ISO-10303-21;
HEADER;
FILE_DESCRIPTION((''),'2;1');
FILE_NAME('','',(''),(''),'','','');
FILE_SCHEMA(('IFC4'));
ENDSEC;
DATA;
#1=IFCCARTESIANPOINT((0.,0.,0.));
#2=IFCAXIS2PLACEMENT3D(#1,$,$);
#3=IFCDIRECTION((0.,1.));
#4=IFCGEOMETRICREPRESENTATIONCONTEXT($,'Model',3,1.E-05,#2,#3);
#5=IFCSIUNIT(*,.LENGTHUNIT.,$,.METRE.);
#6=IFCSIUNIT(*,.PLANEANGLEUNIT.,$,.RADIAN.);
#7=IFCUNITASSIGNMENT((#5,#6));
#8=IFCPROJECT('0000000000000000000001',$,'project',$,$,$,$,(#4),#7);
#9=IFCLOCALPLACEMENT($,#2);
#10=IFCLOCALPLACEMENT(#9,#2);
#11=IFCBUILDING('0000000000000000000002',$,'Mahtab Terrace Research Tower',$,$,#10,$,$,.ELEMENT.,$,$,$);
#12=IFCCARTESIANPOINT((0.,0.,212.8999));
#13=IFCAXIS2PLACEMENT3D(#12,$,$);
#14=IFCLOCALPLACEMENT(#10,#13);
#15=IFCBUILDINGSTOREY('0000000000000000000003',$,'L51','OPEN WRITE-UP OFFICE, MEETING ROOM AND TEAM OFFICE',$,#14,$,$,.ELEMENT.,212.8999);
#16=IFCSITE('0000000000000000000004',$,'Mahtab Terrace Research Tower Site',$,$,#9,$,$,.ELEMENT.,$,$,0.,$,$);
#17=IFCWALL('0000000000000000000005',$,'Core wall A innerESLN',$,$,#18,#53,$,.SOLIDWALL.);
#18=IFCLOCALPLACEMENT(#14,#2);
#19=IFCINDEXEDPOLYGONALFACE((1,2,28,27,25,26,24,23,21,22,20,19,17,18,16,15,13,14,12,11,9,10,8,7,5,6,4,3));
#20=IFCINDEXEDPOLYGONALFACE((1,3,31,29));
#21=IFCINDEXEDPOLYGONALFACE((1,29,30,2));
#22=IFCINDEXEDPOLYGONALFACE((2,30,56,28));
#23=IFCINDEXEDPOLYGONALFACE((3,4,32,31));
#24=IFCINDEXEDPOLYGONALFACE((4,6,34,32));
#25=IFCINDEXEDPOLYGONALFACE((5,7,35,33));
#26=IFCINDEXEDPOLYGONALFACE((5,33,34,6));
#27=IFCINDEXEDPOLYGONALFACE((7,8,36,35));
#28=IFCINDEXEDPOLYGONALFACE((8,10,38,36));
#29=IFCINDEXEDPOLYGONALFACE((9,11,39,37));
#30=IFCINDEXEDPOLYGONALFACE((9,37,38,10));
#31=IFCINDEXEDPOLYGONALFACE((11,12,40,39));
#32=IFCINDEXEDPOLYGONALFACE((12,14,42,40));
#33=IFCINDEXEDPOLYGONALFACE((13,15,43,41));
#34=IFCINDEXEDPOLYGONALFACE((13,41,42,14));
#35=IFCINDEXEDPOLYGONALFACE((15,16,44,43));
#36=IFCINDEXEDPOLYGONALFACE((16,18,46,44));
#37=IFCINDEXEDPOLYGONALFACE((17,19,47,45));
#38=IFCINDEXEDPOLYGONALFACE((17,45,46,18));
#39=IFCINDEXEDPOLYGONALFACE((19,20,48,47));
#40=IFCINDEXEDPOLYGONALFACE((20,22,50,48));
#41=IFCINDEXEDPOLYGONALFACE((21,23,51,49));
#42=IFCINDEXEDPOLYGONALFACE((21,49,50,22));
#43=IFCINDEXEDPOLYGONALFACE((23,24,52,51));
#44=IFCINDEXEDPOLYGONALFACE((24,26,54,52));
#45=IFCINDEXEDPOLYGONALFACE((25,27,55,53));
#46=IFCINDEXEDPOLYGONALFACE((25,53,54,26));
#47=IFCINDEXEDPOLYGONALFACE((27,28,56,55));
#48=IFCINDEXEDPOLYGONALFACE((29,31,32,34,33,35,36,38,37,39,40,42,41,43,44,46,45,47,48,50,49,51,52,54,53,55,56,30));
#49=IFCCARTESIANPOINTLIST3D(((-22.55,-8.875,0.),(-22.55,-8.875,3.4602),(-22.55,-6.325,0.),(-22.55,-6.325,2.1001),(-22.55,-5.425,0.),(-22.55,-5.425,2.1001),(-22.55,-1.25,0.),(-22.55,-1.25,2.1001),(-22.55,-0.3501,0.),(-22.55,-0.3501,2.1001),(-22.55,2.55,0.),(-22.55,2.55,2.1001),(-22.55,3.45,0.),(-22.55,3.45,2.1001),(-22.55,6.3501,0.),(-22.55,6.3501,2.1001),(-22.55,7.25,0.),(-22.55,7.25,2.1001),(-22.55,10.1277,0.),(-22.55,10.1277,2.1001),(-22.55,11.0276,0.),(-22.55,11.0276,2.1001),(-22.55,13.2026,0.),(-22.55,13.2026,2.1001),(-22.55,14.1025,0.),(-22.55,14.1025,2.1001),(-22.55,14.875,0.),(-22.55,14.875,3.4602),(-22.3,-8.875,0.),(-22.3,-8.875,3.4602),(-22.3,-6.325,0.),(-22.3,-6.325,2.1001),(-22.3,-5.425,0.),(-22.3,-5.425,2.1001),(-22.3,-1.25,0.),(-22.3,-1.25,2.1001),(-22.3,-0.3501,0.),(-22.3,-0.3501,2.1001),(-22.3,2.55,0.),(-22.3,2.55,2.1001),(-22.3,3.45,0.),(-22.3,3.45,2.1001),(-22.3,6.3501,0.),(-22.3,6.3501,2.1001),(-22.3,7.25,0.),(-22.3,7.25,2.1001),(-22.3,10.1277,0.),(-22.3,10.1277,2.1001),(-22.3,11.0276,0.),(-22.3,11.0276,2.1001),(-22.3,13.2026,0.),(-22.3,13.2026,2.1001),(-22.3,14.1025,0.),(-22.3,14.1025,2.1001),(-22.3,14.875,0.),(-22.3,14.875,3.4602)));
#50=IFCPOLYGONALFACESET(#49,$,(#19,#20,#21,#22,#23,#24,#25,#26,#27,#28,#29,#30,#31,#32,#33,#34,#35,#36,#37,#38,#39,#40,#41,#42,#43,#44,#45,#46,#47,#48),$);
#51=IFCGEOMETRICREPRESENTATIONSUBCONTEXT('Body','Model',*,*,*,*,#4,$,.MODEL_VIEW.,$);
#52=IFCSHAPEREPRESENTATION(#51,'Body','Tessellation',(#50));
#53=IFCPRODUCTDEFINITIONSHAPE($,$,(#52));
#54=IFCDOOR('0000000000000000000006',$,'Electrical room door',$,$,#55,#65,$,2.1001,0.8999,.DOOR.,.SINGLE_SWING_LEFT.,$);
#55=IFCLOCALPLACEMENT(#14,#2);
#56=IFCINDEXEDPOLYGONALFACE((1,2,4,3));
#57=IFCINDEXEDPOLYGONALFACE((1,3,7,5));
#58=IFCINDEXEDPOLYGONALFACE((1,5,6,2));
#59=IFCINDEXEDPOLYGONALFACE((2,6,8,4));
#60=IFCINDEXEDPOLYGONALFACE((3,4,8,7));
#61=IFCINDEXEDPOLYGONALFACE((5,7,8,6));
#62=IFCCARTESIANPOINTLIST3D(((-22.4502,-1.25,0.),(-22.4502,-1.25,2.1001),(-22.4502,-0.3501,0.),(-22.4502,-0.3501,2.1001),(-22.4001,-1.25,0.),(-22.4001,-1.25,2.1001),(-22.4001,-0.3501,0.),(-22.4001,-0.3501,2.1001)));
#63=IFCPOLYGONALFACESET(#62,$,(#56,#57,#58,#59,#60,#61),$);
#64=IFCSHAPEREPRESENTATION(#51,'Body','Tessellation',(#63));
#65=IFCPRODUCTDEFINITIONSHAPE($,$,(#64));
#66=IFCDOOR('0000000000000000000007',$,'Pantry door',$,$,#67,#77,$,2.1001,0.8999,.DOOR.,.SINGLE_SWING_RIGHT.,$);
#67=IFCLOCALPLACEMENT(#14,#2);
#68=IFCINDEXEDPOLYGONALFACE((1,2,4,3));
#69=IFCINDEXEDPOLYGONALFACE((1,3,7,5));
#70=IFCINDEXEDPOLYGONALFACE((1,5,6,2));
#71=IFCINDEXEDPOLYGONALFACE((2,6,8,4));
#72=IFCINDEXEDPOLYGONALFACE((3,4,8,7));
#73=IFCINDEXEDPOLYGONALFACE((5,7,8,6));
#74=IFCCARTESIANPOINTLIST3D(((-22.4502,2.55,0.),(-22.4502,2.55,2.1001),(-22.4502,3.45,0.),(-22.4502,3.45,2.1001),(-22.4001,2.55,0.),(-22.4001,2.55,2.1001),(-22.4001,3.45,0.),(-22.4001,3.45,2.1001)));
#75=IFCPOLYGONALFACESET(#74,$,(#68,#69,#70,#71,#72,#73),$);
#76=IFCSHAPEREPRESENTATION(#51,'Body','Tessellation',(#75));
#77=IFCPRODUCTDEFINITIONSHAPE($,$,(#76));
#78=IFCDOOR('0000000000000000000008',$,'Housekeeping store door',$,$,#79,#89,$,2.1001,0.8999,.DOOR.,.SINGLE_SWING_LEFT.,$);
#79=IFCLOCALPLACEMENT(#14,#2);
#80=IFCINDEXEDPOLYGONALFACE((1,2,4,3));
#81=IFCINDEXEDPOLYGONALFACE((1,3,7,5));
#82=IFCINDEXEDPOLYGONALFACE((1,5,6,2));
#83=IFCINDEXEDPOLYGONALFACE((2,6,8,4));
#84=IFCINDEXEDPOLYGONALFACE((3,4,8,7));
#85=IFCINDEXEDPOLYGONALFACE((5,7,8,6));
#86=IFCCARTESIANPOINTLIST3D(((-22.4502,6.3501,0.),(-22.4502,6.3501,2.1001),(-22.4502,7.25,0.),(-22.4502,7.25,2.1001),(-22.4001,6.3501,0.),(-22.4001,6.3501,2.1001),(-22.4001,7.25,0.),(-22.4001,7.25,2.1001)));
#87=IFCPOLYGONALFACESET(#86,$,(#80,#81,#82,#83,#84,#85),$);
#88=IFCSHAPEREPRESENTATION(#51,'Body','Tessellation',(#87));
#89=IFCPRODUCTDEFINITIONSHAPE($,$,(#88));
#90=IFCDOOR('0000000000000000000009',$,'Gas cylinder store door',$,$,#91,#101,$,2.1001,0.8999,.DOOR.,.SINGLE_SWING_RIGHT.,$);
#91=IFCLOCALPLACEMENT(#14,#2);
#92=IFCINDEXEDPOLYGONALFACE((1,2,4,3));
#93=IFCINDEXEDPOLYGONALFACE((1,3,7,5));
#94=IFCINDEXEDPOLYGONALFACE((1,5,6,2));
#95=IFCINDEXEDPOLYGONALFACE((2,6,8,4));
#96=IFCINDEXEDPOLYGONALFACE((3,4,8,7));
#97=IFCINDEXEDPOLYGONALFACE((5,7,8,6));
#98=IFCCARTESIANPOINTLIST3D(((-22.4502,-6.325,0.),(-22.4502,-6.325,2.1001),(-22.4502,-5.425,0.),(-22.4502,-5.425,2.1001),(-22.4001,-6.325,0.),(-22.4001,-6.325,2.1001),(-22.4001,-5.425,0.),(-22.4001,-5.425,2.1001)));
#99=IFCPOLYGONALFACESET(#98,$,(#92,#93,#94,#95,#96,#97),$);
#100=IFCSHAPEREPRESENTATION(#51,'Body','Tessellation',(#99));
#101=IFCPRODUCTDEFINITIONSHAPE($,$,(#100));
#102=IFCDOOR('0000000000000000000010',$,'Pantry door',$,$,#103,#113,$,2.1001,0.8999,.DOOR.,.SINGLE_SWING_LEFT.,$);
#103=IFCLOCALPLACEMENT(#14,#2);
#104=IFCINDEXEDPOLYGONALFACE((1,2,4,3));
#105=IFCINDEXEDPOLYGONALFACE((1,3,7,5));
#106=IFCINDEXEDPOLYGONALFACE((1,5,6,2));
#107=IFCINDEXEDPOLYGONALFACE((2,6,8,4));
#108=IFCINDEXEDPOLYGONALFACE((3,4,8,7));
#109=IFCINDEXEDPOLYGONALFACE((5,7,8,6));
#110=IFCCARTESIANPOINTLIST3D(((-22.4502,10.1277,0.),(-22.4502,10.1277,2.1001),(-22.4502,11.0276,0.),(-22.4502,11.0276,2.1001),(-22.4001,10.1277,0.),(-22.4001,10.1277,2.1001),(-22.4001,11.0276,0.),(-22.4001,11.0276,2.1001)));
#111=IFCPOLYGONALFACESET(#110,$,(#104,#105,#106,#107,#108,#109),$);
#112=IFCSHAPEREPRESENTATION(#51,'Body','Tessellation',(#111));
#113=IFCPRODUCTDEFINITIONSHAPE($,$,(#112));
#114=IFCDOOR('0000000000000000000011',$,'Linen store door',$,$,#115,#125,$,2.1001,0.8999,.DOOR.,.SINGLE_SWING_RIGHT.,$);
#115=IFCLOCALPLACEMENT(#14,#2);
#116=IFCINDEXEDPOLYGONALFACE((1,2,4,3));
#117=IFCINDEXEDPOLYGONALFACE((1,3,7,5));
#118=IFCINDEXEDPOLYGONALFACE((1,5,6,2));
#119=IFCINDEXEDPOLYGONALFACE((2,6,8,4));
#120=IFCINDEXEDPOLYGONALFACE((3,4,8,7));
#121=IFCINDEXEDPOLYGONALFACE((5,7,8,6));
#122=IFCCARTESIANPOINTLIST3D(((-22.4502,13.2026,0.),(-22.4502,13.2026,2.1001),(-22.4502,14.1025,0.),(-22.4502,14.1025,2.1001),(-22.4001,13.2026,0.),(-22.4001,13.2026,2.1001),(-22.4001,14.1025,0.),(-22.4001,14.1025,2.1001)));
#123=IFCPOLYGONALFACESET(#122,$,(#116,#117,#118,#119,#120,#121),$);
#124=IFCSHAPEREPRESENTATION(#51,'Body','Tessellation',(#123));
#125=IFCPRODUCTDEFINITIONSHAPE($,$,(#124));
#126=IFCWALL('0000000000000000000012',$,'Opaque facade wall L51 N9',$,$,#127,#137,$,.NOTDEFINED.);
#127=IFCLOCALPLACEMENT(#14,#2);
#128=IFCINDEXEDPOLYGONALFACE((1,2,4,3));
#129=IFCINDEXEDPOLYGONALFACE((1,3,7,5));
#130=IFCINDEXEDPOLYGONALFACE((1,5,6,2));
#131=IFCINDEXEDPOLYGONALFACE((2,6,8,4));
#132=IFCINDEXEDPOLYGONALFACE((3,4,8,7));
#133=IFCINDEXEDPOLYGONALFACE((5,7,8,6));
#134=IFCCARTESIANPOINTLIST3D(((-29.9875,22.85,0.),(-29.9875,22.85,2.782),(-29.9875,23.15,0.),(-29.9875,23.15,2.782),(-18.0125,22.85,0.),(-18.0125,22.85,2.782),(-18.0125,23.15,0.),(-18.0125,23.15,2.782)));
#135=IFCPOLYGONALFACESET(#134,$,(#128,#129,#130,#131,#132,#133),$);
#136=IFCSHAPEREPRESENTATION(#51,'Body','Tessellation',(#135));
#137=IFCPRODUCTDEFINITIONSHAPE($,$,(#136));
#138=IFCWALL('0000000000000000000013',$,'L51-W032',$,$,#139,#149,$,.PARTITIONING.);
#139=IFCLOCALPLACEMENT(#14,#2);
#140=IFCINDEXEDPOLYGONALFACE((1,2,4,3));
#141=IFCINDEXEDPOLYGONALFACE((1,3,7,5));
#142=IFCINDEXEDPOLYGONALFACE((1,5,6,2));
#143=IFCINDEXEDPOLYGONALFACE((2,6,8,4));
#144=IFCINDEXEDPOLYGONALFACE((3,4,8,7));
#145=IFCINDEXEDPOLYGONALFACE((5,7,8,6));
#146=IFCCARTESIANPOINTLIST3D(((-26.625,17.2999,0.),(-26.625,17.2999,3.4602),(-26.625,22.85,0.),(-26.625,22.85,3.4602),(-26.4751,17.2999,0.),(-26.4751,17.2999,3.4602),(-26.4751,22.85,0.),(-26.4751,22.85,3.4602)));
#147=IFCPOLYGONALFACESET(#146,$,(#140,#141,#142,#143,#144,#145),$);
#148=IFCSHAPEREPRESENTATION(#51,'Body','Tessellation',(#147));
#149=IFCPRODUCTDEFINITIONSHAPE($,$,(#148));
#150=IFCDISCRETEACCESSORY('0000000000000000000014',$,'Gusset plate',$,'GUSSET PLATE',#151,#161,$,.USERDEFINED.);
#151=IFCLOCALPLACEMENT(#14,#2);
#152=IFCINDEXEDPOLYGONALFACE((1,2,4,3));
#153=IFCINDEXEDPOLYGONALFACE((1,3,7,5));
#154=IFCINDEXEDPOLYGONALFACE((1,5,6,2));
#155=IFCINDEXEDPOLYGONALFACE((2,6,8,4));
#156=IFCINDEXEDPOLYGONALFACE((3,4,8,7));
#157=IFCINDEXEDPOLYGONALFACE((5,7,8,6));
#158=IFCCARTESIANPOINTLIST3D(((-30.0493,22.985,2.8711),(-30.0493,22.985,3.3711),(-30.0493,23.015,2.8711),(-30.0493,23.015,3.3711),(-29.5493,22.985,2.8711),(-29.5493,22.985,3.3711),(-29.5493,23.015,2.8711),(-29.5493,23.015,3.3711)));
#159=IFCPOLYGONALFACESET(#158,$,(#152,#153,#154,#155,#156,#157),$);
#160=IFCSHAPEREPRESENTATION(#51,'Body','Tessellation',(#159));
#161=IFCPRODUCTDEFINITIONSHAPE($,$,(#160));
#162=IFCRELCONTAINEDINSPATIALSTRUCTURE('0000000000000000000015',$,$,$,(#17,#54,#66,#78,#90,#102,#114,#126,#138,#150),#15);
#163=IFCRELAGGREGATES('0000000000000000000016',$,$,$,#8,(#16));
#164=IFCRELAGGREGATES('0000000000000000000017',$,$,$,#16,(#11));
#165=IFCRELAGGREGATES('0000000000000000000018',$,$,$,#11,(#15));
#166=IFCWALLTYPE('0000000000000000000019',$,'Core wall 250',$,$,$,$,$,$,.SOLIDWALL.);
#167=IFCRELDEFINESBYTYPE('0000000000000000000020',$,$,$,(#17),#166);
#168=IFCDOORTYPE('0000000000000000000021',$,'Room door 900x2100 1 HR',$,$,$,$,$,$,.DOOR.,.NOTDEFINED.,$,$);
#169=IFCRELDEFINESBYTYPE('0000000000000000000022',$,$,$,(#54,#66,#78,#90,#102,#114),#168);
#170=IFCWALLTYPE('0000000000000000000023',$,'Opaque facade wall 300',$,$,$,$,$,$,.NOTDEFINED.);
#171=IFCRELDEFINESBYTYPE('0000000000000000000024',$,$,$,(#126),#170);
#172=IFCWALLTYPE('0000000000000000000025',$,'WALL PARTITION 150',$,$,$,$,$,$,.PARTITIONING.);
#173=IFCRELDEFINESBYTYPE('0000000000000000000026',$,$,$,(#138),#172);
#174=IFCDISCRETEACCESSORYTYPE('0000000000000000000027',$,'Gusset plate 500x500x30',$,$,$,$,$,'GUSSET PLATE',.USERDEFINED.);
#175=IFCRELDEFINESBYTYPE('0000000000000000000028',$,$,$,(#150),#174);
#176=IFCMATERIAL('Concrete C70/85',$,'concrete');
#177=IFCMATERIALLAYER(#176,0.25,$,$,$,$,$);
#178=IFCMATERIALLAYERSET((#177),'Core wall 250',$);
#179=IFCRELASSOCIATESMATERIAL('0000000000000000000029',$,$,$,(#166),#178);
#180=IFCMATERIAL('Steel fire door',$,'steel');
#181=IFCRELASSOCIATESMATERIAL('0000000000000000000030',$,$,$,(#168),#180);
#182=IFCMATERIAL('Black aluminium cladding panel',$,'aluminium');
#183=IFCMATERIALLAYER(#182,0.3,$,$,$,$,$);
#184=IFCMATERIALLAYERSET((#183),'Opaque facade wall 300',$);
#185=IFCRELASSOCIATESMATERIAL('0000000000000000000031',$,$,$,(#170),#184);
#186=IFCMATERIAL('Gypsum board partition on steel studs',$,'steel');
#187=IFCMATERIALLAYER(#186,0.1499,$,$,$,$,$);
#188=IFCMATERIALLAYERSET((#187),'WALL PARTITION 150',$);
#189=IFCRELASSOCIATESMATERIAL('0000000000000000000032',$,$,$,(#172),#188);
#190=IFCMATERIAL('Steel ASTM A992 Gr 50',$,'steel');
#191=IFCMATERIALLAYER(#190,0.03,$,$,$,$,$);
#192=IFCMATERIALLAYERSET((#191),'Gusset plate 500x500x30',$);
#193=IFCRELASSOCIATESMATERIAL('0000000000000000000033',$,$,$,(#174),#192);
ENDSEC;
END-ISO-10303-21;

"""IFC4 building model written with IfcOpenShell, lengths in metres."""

from ifc_helpers import new_model, si_unit, direction, frame, frame_2d, origin, origin_2d, place, context, subcontext, project, spatial, rectangle, extrude, material, layer, layer_set, type_object, element, fill, save


model = new_model("IFC4")

# Units and contexts
model_context = context("Model", 3, precision=1e-05, world=origin(), true_north=direction((0.0, 1.0)))
body_context = subcontext(model_context, "Body", "Model", "MODEL_VIEW")
ifc_project = project(units=[si_unit("LENGTHUNIT", "METRE"), si_unit("PLANEANGLEUNIT", "RADIAN")], contexts=[model_context])

# Site, building, storey
site_placement = place(None, origin())
site = spatial("IfcSite", under=ifc_project, at=site_placement, Name="Mahtab Terrace Research Tower Site", CompositionType="ELEMENT", RefElevation=0.0)
building_placement = place(site_placement, origin())
building = spatial("IfcBuilding", under=site, at=building_placement, Name="Mahtab Terrace Research Tower", CompositionType="ELEMENT")
storey_placement = place(building_placement, frame((0.0, 0.0, 212.8999)))
storey = spatial("IfcBuildingStorey", under=building, at=storey_placement, Name="L51", Description="OPEN WRITE-UP OFFICE, MEETING ROOM AND TEAM OFFICE", CompositionType="ELEMENT", Elevation=212.8999)

# Shared definitions
ifc_material_1 = material(Name="Steel ASTM A992 Gr 50", Category="steel")

# Shared definitions
ifc_material_2 = material(Name="Concrete C70/85", Category="concrete")
ifc_layer_1 = layer(ifc_material_2, 0.25)
ifc_layer_set_1 = layer_set([ifc_layer_1], Name="Core wall 250")
wall_type_1 = type_object("IfcWallType", Name="Core wall 250", PredefinedType="SOLIDWALL", material=ifc_layer_set_1)

# Shared definitions
ifc_material_3 = material(Name="Steel fire door", Category="steel")

# Wall, openings, doors
wall_1_placement = place(storey_placement, frame((-22.425, 14.875, 0.0), z_axis=(0.0, 0.0, 1.0), x_axis=(0.0, -1.0, 0.0)))
wall_1 = element("IfcWall", 1, at=wall_1_placement, inside=storey, type_object=wall_type_1, Name="Core wall A innerESLN", PredefinedType="SOLIDWALL", context=body_context, shape_type="SweptSolid", body=[
    extrude(rectangle(XDim=23.75, YDim=0.25, at=frame_2d((11.875, 0.0))), origin(), (0.0, 0.0, 1.0), 3.4602),
])
opening_1_placement = place(wall_1_placement, frame((15.2251, 0.0, 0.0)))
opening_1 = element("IfcOpeningElement", 2, at=opening_1_placement, cuts=wall_1, PredefinedType="OPENING", context=body_context, shape_type="SweptSolid", body=[
    extrude(rectangle(XDim=0.8999, YDim=2.1001, at=frame_2d((0.45, 1.05))), frame((0.0, 0.135, 0.0), z_axis=(0.0, -1.0, 0.0), x_axis=(1.0, 0.0, 0.0)), (0.0, 0.0, 1.0), 0.27),
])
opening_2_placement = place(wall_1_placement, frame((11.425, 0.0, 0.0)))
opening_2 = element("IfcOpeningElement", 3, at=opening_2_placement, cuts=wall_1, PredefinedType="OPENING", context=body_context, shape_type="SweptSolid", body=[
    extrude(rectangle(XDim=0.8999, YDim=2.1001, at=frame_2d((0.45, 1.05))), frame((0.0, 0.135, 0.0), z_axis=(0.0, -1.0, 0.0), x_axis=(1.0, 0.0, 0.0)), (0.0, 0.0, 1.0), 0.27),
])
opening_3_placement = place(wall_1_placement, frame((7.625, 0.0, 0.0)))
opening_3 = element("IfcOpeningElement", 4, at=opening_3_placement, cuts=wall_1, PredefinedType="OPENING", context=body_context, shape_type="SweptSolid", body=[
    extrude(rectangle(XDim=0.8999, YDim=2.1001, at=frame_2d((0.45, 1.05))), frame((0.0, 0.135, 0.0), z_axis=(0.0, -1.0, 0.0), x_axis=(1.0, 0.0, 0.0)), (0.0, 0.0, 1.0), 0.27),
])
opening_4_placement = place(wall_1_placement, frame((20.3, 0.0, 0.0)))
opening_4 = element("IfcOpeningElement", 5, at=opening_4_placement, cuts=wall_1, PredefinedType="OPENING", context=body_context, shape_type="SweptSolid", body=[
    extrude(rectangle(XDim=0.8999, YDim=2.1001, at=frame_2d((0.45, 1.05))), frame((0.0, 0.135, 0.0), z_axis=(0.0, -1.0, 0.0), x_axis=(1.0, 0.0, 0.0)), (0.0, 0.0, 1.0), 0.27),
])
opening_5_placement = place(wall_1_placement, frame((3.8474, 0.0, 0.0)))
opening_5 = element("IfcOpeningElement", 6, at=opening_5_placement, cuts=wall_1, PredefinedType="OPENING", context=body_context, shape_type="SweptSolid", body=[
    extrude(rectangle(XDim=0.8999, YDim=2.1001, at=frame_2d((0.45, 1.05))), frame((0.0, 0.135, 0.0), z_axis=(0.0, -1.0, 0.0), x_axis=(1.0, 0.0, 0.0)), (0.0, 0.0, 1.0), 0.27),
])
opening_6_placement = place(wall_1_placement, frame((0.7725, 0.0, 0.0)))
opening_6 = element("IfcOpeningElement", 7, at=opening_6_placement, cuts=wall_1, PredefinedType="OPENING", context=body_context, shape_type="SweptSolid", body=[
    extrude(rectangle(XDim=0.8999, YDim=2.1001, at=frame_2d((0.45, 1.05))), frame((0.0, 0.135, 0.0), z_axis=(0.0, -1.0, 0.0), x_axis=(1.0, 0.0, 0.0)), (0.0, 0.0, 1.0), 0.27),
])
door_type_1 = type_object("IfcDoorType", Name="Room door 900x2100 1 HR", OperationType="NOTDEFINED", PredefinedType="DOOR", material=ifc_material_3)
door_1_placement = place(opening_1_placement, origin())
door_1 = element("IfcDoor", 8, at=door_1_placement, inside=storey, type_object=door_type_1, Name="Electrical room door", OperationType="SINGLE_SWING_LEFT", OverallHeight=2.1001, OverallWidth=0.8999, PredefinedType="DOOR", context=body_context, shape_type="SweptSolid", body=[
    extrude(rectangle(XDim=0.8999, YDim=2.1001, at=frame_2d((0.45, 1.05))), frame((0.0, 0.0249, 0.0), z_axis=(0.0, -1.0, 0.0), x_axis=(1.0, 0.0, 0.0)), (0.0, 0.0, 1.0), 0.05),
])
fill(opening_1, door_1)
door_2_placement = place(opening_2_placement, origin())
door_2 = element("IfcDoor", 9, at=door_2_placement, inside=storey, type_object=door_type_1, Name="Pantry door", OperationType="SINGLE_SWING_RIGHT", OverallHeight=2.1001, OverallWidth=0.8999, PredefinedType="DOOR", context=body_context, shape_type="SweptSolid", body=[
    extrude(rectangle(XDim=0.8999, YDim=2.1001, at=frame_2d((0.45, 1.05))), frame((0.0, 0.0249, 0.0), z_axis=(0.0, -1.0, 0.0), x_axis=(1.0, 0.0, 0.0)), (0.0, 0.0, 1.0), 0.05),
])
fill(opening_2, door_2)
door_3_placement = place(opening_3_placement, origin())
door_3 = element("IfcDoor", 10, at=door_3_placement, inside=storey, type_object=door_type_1, Name="Housekeeping store door", OperationType="SINGLE_SWING_LEFT", OverallHeight=2.1001, OverallWidth=0.8999, PredefinedType="DOOR", context=body_context, shape_type="SweptSolid", body=[
    extrude(rectangle(XDim=0.8999, YDim=2.1001, at=frame_2d((0.45, 1.05))), frame((0.0, 0.0249, 0.0), z_axis=(0.0, -1.0, 0.0), x_axis=(1.0, 0.0, 0.0)), (0.0, 0.0, 1.0), 0.05),
])
fill(opening_3, door_3)
door_4_placement = place(opening_4_placement, origin())
door_4 = element("IfcDoor", 11, at=door_4_placement, inside=storey, type_object=door_type_1, Name="Gas cylinder store door", OperationType="SINGLE_SWING_RIGHT", OverallHeight=2.1001, OverallWidth=0.8999, PredefinedType="DOOR", context=body_context, shape_type="SweptSolid", body=[
    extrude(rectangle(XDim=0.8999, YDim=2.1001, at=frame_2d((0.45, 1.05))), frame((0.0, 0.0249, 0.0), z_axis=(0.0, -1.0, 0.0), x_axis=(1.0, 0.0, 0.0)), (0.0, 0.0, 1.0), 0.05),
])
fill(opening_4, door_4)
door_5_placement = place(opening_5_placement, origin())
door_5 = element("IfcDoor", 12, at=door_5_placement, inside=storey, type_object=door_type_1, Name="Pantry door", OperationType="SINGLE_SWING_LEFT", OverallHeight=2.1001, OverallWidth=0.8999, PredefinedType="DOOR", context=body_context, shape_type="SweptSolid", body=[
    extrude(rectangle(XDim=0.8999, YDim=2.1001, at=frame_2d((0.45, 1.05))), frame((0.0, 0.0249, 0.0), z_axis=(0.0, -1.0, 0.0), x_axis=(1.0, 0.0, 0.0)), (0.0, 0.0, 1.0), 0.05),
])
fill(opening_5, door_5)
door_6_placement = place(opening_6_placement, origin())
door_6 = element("IfcDoor", 13, at=door_6_placement, inside=storey, type_object=door_type_1, Name="Linen store door", OperationType="SINGLE_SWING_RIGHT", OverallHeight=2.1001, OverallWidth=0.8999, PredefinedType="DOOR", context=body_context, shape_type="SweptSolid", body=[
    extrude(rectangle(XDim=0.8999, YDim=2.1001, at=frame_2d((0.45, 1.05))), frame((0.0, 0.0249, 0.0), z_axis=(0.0, -1.0, 0.0), x_axis=(1.0, 0.0, 0.0)), (0.0, 0.0, 1.0), 0.05),
])
fill(opening_6, door_6)

# Walls
ifc_material_4 = material(Name="Black aluminium cladding panel", Category="aluminium")
ifc_layer_2 = layer(ifc_material_4, 0.3)
ifc_layer_set_2 = layer_set([ifc_layer_2], Name="Opaque facade wall 300")
wall_type_2 = type_object("IfcWallType", Name="Opaque facade wall 300", PredefinedType="NOTDEFINED", material=ifc_layer_set_2)
wall_2_placement = place(storey_placement, frame((-18.0125, 23.0, 0.0), z_axis=(0.0, 0.0, 1.0), x_axis=(-1.0, 0.0, 0.0)))
element("IfcWall", 14, at=wall_2_placement, inside=storey, type_object=wall_type_2, Name="Opaque facade wall L51 N9", PredefinedType="NOTDEFINED", context=body_context, shape_type="SweptSolid", body=[
    extrude(rectangle(XDim=11.9751, YDim=0.3, at=frame_2d((5.9875, 0.0))), origin(), (0.0, 0.0, 1.0), 2.782),
])
ifc_material_5 = material(Name="Gypsum board partition on steel studs", Category="steel")
ifc_layer_3 = layer(ifc_material_5, 0.1499)
ifc_layer_set_3 = layer_set([ifc_layer_3], Name="WALL PARTITION 150")
wall_type_3 = type_object("IfcWallType", Name="WALL PARTITION 150", PredefinedType="PARTITIONING", material=ifc_layer_set_3)
wall_3_placement = place(storey_placement, frame((-26.55, 17.3, 0.0), z_axis=(0.0, 0.0, 1.0), x_axis=(0.0, 1.0, 0.0)))
element("IfcWall", 15, at=wall_3_placement, inside=storey, type_object=wall_type_3, Name="L51-W032", PredefinedType="PARTITIONING", context=body_context, shape_type="SweptSolid", body=[
    extrude(rectangle(XDim=5.55, YDim=0.1499, at=frame_2d((2.7749, 0.0))), origin(), (0.0, 0.0, 1.0), 3.4602),
])

# Discrete accessory
ifc_layer_4 = layer(ifc_material_1, 0.03)
ifc_layer_set_4 = layer_set([ifc_layer_4], Name="Gusset plate 500x500x30")
discrete_accessory_type = type_object("IfcDiscreteAccessoryType", Name="Gusset plate 500x500x30", ElementType="GUSSET PLATE", PredefinedType="USERDEFINED", material=ifc_layer_set_4)
for number, where, z_axis, x_axis, name in (
    (16, (-29.7993, 23.0, 2.8711), (0.0, 0.0, 1.0), (1.0, 0.0, 0.0), "Gusset plate"),
):
    element("IfcDiscreteAccessory", number, at=place(storey_placement, frame(where, z_axis=z_axis, x_axis=x_axis)), inside=storey, type_object=discrete_accessory_type, Name=name, ObjectType="GUSSET PLATE", PredefinedType="USERDEFINED", context=body_context, shape_type="SweptSolid", body=[
        extrude(rectangle(XDim=0.5, YDim=0.03, at=origin_2d()), origin(), (0.0, 0.0, 1.0), 0.5),
    ])

save(model, "model.ifc")
